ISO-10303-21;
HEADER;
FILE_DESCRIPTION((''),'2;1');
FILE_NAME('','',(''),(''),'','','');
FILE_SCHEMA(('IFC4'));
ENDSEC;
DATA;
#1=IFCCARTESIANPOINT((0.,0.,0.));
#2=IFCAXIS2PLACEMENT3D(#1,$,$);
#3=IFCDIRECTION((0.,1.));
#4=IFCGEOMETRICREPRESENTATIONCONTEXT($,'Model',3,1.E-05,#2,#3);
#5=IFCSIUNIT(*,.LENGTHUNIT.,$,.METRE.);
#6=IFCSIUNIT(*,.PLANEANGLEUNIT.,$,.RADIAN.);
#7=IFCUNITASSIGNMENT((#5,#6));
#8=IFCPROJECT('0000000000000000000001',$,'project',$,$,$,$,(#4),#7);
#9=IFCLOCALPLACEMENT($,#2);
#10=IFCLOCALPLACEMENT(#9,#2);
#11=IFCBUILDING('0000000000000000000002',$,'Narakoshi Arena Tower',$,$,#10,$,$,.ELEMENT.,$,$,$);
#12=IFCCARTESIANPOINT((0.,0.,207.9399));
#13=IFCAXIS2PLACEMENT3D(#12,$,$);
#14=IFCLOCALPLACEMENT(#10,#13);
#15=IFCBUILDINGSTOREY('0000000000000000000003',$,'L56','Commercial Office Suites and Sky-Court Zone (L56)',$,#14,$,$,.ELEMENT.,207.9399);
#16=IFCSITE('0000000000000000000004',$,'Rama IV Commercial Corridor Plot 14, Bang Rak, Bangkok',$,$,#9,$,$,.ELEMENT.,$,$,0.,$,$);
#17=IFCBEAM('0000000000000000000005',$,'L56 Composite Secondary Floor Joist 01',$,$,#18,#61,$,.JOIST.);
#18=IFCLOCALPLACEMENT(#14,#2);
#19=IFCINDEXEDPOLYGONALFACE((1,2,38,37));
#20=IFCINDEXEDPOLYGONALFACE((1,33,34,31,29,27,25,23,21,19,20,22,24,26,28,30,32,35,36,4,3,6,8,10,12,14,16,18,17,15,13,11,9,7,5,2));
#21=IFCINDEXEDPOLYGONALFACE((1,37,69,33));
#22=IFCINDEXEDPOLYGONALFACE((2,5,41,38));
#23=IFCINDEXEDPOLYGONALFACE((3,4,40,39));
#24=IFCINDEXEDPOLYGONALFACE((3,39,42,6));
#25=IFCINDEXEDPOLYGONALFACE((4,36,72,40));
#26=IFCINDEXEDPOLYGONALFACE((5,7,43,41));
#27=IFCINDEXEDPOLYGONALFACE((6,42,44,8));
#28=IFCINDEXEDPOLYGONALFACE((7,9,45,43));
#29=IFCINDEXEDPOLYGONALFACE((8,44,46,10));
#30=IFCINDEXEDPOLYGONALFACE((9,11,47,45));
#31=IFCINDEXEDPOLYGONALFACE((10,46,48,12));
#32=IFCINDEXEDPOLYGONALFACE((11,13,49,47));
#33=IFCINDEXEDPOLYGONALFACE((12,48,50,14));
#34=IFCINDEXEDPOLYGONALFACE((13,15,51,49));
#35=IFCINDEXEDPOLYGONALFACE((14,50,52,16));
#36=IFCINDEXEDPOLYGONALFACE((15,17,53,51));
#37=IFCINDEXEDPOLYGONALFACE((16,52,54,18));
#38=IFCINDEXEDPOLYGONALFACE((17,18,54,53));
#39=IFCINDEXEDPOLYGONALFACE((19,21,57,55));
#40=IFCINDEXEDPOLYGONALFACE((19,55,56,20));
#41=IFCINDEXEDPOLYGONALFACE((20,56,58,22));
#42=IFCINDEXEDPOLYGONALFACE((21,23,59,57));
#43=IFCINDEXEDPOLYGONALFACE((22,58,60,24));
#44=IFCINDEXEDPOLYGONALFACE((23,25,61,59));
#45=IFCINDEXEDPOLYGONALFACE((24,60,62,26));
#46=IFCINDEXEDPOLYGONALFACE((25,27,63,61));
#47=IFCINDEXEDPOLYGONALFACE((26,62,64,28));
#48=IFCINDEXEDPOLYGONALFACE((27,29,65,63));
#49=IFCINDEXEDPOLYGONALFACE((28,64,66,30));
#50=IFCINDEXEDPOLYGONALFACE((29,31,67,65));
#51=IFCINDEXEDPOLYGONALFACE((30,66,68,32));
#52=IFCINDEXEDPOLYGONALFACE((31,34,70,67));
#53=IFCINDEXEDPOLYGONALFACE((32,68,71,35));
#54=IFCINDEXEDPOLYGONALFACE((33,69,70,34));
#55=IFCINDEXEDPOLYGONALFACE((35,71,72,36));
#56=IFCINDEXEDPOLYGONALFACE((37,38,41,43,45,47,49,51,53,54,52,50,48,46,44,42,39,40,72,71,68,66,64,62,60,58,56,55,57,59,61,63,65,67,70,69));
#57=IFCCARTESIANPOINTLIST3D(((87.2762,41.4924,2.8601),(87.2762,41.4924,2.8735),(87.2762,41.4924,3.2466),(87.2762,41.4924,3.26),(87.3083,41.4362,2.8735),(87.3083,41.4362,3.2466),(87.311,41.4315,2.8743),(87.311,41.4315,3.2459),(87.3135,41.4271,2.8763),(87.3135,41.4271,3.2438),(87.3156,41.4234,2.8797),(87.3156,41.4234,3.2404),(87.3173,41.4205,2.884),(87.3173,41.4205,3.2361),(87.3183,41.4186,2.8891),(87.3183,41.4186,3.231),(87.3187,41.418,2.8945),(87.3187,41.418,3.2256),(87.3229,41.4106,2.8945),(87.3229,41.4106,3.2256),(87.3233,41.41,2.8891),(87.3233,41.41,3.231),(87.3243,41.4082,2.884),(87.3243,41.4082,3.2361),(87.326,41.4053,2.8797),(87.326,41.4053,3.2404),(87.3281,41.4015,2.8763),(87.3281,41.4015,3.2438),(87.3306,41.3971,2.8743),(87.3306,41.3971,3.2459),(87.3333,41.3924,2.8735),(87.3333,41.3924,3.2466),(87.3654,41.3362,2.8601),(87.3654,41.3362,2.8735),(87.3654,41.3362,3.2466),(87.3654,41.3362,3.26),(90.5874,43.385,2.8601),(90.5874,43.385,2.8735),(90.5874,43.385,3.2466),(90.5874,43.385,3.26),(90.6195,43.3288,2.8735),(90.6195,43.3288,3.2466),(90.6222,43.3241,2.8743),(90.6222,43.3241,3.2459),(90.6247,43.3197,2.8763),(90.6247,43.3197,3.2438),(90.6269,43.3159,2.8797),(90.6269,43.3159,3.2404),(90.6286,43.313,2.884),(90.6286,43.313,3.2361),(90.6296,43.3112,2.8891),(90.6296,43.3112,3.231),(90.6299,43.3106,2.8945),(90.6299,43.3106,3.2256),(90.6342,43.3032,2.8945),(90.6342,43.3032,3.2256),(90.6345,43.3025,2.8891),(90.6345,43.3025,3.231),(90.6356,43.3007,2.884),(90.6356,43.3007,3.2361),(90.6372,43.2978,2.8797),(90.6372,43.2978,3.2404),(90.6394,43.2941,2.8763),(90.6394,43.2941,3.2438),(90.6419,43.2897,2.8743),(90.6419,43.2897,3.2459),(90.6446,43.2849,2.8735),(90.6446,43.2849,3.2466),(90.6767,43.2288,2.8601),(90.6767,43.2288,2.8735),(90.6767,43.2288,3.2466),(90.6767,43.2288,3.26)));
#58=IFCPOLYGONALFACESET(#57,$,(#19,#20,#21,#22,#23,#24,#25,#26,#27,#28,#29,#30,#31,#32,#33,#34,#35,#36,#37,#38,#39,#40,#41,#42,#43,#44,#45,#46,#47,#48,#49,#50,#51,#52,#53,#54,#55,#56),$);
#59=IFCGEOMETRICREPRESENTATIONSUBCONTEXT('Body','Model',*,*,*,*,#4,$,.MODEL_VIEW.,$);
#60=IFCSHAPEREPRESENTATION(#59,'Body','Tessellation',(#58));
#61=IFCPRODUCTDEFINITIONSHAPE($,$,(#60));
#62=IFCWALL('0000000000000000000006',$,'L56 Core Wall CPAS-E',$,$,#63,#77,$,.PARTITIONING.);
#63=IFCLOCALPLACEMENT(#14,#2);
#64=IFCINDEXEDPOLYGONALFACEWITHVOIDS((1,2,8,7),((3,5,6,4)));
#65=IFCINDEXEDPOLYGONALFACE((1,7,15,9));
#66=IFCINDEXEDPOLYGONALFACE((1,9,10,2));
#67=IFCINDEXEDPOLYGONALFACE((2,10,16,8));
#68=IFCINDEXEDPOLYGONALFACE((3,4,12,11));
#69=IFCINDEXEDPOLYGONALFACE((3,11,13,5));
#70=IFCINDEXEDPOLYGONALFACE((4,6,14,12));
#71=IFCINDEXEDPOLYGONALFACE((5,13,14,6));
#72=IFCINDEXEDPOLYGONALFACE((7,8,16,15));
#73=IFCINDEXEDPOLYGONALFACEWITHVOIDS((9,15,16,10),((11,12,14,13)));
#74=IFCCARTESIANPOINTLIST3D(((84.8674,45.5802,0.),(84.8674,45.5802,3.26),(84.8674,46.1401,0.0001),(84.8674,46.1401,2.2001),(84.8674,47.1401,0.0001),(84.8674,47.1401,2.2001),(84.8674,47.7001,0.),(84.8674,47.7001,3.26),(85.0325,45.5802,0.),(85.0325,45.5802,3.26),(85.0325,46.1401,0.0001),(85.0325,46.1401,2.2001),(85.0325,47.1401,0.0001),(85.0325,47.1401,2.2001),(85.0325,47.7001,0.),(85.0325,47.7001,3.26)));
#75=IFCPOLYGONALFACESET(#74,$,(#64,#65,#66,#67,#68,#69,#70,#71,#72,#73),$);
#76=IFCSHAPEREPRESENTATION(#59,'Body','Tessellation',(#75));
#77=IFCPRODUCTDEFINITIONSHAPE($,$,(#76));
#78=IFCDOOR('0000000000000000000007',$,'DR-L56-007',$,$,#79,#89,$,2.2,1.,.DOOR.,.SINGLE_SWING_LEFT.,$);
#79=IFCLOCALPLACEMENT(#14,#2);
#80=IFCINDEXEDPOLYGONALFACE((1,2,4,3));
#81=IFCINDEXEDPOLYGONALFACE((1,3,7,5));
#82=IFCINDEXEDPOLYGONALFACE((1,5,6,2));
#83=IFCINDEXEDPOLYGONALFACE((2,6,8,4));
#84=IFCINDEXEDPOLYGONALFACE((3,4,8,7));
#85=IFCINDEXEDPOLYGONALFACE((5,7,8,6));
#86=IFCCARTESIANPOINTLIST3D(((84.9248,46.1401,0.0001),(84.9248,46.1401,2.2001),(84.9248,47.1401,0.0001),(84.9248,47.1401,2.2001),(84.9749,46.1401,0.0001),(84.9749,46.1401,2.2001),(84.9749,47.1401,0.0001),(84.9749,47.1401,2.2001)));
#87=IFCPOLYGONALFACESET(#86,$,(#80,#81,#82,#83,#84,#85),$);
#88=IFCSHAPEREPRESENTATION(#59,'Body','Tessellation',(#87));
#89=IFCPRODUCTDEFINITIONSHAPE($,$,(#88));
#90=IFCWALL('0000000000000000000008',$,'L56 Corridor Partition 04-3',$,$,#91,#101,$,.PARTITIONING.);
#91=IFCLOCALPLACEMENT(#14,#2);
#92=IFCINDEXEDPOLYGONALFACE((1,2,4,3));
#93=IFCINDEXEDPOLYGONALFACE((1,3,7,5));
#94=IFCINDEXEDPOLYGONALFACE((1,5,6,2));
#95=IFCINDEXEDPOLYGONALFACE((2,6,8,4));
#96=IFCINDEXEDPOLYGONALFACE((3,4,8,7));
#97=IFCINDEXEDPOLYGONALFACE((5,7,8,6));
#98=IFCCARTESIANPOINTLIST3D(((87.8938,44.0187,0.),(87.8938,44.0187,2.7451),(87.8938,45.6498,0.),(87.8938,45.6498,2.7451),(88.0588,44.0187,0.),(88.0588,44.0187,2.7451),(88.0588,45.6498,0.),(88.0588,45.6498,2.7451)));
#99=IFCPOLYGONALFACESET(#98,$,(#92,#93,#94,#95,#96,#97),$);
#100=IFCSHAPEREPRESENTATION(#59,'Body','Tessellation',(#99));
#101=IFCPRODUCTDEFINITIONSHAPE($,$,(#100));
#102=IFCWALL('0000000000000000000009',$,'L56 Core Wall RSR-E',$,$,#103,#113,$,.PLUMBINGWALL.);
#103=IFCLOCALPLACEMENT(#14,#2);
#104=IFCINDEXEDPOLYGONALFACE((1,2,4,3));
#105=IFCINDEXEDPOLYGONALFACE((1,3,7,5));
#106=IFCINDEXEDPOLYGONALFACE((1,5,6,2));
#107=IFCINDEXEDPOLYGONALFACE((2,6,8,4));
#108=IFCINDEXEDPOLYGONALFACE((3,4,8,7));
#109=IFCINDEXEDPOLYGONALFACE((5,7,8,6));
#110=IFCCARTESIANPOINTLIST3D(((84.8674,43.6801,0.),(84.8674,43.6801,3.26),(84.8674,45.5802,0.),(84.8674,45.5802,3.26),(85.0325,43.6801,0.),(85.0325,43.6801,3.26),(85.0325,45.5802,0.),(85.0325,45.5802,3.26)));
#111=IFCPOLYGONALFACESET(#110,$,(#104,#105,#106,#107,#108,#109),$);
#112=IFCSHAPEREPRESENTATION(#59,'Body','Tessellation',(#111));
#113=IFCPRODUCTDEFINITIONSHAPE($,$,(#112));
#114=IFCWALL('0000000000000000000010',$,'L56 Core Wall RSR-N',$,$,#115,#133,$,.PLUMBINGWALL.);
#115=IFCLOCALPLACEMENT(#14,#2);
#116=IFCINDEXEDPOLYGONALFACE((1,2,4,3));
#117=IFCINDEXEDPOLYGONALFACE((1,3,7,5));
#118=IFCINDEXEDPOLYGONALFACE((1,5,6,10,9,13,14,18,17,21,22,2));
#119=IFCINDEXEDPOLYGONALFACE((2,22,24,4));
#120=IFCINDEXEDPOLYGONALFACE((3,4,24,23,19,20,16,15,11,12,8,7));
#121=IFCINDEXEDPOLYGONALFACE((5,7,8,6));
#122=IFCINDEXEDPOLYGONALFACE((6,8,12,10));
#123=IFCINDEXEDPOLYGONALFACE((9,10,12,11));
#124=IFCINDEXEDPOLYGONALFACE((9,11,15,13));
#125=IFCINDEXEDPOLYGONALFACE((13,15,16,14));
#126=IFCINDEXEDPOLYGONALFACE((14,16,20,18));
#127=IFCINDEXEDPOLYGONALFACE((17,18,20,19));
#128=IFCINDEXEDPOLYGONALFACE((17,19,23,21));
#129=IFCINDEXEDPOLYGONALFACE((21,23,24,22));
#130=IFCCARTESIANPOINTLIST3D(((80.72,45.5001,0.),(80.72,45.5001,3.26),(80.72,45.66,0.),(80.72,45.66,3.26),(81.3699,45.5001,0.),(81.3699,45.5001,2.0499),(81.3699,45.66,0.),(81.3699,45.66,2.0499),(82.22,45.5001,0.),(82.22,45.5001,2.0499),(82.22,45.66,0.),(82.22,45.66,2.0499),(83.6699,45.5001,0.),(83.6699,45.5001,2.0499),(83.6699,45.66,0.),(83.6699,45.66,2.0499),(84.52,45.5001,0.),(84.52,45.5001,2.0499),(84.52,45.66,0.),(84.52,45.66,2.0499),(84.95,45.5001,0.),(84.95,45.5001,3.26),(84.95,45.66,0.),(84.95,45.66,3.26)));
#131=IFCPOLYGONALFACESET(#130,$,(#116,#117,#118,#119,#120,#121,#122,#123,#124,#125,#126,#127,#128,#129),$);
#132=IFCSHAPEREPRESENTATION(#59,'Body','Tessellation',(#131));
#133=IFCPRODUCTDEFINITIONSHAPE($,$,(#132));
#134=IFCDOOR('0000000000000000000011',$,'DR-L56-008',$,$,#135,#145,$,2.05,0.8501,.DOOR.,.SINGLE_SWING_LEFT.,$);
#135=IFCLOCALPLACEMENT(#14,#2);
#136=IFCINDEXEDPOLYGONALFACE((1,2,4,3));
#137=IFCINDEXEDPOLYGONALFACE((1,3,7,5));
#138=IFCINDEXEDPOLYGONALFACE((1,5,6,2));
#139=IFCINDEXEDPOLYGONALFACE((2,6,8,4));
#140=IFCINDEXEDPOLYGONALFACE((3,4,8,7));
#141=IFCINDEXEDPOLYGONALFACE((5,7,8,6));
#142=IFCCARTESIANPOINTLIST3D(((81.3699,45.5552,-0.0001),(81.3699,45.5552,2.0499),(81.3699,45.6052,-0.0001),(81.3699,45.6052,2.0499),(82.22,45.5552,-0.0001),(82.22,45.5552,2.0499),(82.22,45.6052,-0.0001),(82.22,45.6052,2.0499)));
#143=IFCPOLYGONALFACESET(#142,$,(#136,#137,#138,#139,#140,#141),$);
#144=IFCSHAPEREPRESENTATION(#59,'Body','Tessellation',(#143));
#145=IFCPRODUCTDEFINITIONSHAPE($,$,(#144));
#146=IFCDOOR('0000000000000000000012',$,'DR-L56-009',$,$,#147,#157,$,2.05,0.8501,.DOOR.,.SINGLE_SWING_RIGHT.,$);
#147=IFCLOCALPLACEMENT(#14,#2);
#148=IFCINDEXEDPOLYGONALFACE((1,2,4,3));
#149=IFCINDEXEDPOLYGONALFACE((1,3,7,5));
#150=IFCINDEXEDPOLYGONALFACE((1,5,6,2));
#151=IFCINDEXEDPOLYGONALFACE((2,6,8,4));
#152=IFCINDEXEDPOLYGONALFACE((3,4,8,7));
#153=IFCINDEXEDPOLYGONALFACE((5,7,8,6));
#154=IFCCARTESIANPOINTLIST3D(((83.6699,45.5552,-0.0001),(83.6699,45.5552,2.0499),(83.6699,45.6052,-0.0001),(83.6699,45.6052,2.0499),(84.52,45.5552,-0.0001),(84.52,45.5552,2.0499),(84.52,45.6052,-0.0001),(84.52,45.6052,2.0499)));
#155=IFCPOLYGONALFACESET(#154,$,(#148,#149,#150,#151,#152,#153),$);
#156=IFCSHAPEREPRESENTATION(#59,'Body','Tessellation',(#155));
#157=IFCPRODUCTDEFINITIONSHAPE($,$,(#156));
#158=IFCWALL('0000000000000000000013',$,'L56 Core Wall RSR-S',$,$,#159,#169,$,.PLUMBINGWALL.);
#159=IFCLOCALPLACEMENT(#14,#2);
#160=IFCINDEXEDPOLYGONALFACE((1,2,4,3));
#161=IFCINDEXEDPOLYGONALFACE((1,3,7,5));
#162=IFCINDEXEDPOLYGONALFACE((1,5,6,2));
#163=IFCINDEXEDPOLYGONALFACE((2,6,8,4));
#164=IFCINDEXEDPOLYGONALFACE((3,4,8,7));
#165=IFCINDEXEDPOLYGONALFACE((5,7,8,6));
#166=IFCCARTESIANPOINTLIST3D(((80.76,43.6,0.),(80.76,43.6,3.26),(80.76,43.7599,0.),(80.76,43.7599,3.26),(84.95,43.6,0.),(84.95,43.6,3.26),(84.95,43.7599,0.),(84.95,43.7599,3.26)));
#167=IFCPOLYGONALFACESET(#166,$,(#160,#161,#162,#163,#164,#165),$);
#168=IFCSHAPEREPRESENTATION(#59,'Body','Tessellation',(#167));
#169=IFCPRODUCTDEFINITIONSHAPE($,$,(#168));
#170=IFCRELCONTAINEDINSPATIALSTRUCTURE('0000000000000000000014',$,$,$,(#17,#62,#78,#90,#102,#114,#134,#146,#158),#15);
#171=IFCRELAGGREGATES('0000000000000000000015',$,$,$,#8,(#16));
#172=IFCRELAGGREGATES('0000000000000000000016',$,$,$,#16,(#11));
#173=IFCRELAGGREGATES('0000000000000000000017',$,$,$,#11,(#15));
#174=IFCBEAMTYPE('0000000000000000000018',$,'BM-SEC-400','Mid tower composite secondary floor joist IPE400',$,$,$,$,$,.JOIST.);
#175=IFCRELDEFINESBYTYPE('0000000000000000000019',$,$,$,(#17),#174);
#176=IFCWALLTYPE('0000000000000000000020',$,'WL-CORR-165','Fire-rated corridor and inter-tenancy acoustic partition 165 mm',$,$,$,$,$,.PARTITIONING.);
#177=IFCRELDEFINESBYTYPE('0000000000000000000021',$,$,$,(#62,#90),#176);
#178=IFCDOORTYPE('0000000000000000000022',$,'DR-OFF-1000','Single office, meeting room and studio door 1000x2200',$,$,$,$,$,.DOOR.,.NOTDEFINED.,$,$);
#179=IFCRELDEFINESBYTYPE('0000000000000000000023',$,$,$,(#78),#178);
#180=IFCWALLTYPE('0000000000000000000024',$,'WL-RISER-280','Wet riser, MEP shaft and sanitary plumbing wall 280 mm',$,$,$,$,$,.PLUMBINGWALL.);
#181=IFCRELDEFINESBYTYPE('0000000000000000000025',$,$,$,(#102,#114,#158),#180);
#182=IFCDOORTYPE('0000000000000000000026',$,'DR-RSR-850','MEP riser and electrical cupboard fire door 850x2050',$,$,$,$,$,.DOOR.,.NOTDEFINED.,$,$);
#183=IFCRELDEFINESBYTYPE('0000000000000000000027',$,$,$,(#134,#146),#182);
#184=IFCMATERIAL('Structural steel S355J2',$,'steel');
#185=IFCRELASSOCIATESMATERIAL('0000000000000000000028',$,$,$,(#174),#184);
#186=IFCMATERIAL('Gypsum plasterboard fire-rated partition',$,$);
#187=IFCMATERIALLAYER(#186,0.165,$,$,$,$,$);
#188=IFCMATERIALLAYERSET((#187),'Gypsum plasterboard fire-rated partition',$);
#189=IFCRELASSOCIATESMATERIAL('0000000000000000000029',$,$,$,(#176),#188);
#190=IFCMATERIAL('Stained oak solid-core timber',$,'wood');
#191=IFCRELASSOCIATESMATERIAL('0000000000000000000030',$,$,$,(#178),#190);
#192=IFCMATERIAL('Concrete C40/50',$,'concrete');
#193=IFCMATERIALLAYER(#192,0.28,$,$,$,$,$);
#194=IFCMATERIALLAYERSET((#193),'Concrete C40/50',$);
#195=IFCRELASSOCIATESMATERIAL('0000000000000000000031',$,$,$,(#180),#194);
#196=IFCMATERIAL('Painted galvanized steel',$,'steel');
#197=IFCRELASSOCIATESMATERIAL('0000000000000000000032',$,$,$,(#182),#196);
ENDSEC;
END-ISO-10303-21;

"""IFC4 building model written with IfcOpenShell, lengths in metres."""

from ifc_helpers import new_model, si_unit, direction, frame, frame_2d, origin, origin_2d, place, context, subcontext, project, spatial, rectangle, i_section, extrude, material, layer, layer_set, material_profile, profile_set, type_object, element, fill, save


model = new_model("IFC4")

# Units and contexts
model_context = context("Model", 3, precision=1e-05, world=origin(), true_north=direction((0.0, 1.0)))
body_context = subcontext(model_context, "Body", "Model", "MODEL_VIEW")
ifc_project = project(units=[si_unit("LENGTHUNIT", "METRE"), si_unit("PLANEANGLEUNIT", "RADIAN")], contexts=[model_context])

# Site, building, storey
site_placement = place(None, origin())
site = spatial("IfcSite", under=ifc_project, at=site_placement, Name="Rama IV Commercial Corridor Plot 14, Bang Rak, Bangkok", CompositionType="ELEMENT", RefElevation=0.0)
building_placement = place(site_placement, origin())
building = spatial("IfcBuilding", under=site, at=building_placement, Name="Narakoshi Arena Tower", CompositionType="ELEMENT")
storey_placement = place(building_placement, frame((0.0, 0.0, 207.9399)))
storey = spatial("IfcBuildingStorey", under=building, at=storey_placement, Name="L56", Description="Commercial Office Suites and Sky-Court Zone (L56)", CompositionType="ELEMENT", Elevation=207.9399)

# Beam
ifc_material_1 = material(Name="Structural steel S355J2", Category="steel")
ifc_material_profile_1 = material_profile(ifc_material_1, i_section(OverallWidth=0.1799, OverallDepth=0.3999, WebThickness=0.0085, FlangeThickness=0.0134, FilletRadius=0.021, at=origin_2d()), Name="IPE400")
ifc_profile_set_1 = profile_set([ifc_material_profile_1], Name="Structural steel S355J2")
beam_type_1 = type_object("IfcBeamType", Name="BM-SEC-400", Description="Mid tower composite secondary floor joist IPE400", PredefinedType="JOIST", material=ifc_profile_set_1)
beam_1_placement = place(storey_placement, frame((87.3208, 41.4143, 3.0601), z_axis=(0.868196, 0.496222, 0.0), x_axis=(-0.496222, 0.868196, 0.0)))
element("IfcBeam", 1, at=beam_1_placement, inside=storey, type_object=beam_type_1, Name="L56 Composite Secondary Floor Joist 01", PredefinedType="JOIST", context=body_context, shape_type="SweptSolid", body=[
    extrude(i_section(OverallWidth=0.1799, OverallDepth=0.3999, WebThickness=0.0085, FlangeThickness=0.0134, FilletRadius=0.021, at=origin_2d()), origin(), (0.0, 0.0, 1.0), 3.814),
])

# Wall, opening, door
ifc_material_2 = material(Name="Gypsum plasterboard fire-rated partition")
ifc_layer_1 = layer(ifc_material_2, 0.165)
ifc_layer_set_1 = layer_set([ifc_layer_1], Name="Gypsum plasterboard fire-rated partition")
wall_type_1 = type_object("IfcWallType", Name="WL-CORR-165", Description="Fire-rated corridor and inter-tenancy acoustic partition 165 mm", PredefinedType="PARTITIONING", material=ifc_layer_set_1)
wall_1_placement = place(storey_placement, frame((84.95, 45.5801, 0.0), z_axis=(0.0, 0.0, 1.0), x_axis=(0.0, 1.0, 0.0)))
wall_1 = element("IfcWall", 2, at=wall_1_placement, inside=storey, type_object=wall_type_1, Name="L56 Core Wall CPAS-E", PredefinedType="PARTITIONING", context=body_context, shape_type="SweptSolid", body=[
    extrude(rectangle(XDim=2.1199, YDim=0.165, at=frame_2d((1.0601, 0.0))), origin(), (0.0, 0.0, 1.0), 3.26),
])
opening_1_placement = place(wall_1_placement, frame((0.5601, 0.0, 0.0)))
opening_1 = element("IfcOpeningElement", 3, at=opening_1_placement, cuts=wall_1, PredefinedType="OPENING", context=body_context, shape_type="SweptSolid", body=[
    extrude(rectangle(XDim=1.0, YDim=2.2, at=frame_2d((0.5, 1.1001))), frame((0.0, 0.0925, 0.0), z_axis=(0.0, -1.0, 0.0), x_axis=(1.0, 0.0, 0.0)), (0.0, 0.0, 1.0), 0.1851),
])
ifc_material_3 = material(Name="Stained oak solid-core timber", Category="wood")
door_type_1 = type_object("IfcDoorType", Name="DR-OFF-1000", Description="Single office, meeting room and studio door 1000x2200", OperationType="NOTDEFINED", PredefinedType="DOOR", material=ifc_material_3)
door_1_placement = place(opening_1_placement, frame((1.0, 0.0, 0.0), z_axis=(0.0, 0.0, 1.0), x_axis=(-1.0, 0.0, 0.0)))
door_1 = element("IfcDoor", 4, at=door_1_placement, inside=storey, type_object=door_type_1, Name="DR-L56-007", OperationType="SINGLE_SWING_LEFT", OverallHeight=2.2, OverallWidth=1.0, PredefinedType="DOOR", context=body_context, shape_type="SweptSolid", body=[
    extrude(rectangle(XDim=1.0, YDim=2.2, at=frame_2d((0.5, 1.1001))), frame((0.0, 0.0249, 0.0), z_axis=(0.0, -1.0, 0.0), x_axis=(1.0, 0.0, 0.0)), (0.0, 0.0, 1.0), 0.05),
])
fill(opening_1, door_1)

# Walls
wall_2_placement = place(storey_placement, frame((87.9763, 44.0188, 0.0), z_axis=(0.0, 0.0, 1.0), x_axis=(0.0, 1.0, 0.0)))
element("IfcWall", 5, at=wall_2_placement, inside=storey, type_object=wall_type_1, Name="L56 Corridor Partition 04-3", PredefinedType="PARTITIONING", context=body_context, shape_type="SweptSolid", body=[
    extrude(rectangle(XDim=1.6311, YDim=0.165, at=frame_2d((0.8154, 0.0))), origin(), (0.0, 0.0, 1.0), 2.7451),
])
ifc_material_4 = material(Name="Concrete C40/50", Category="concrete")
ifc_layer_2 = layer(ifc_material_4, 0.28)
ifc_layer_set_2 = layer_set([ifc_layer_2], Name="Concrete C40/50")
wall_type_2 = type_object("IfcWallType", Name="WL-RISER-280", Description="Wet riser, MEP shaft and sanitary plumbing wall 280 mm", PredefinedType="PLUMBINGWALL", material=ifc_layer_set_2)
wall_3_placement = place(storey_placement, frame((84.95, 43.6799, 0.0), z_axis=(0.0, 0.0, 1.0), x_axis=(0.0, 1.0, 0.0)))
element("IfcWall", 6, at=wall_3_placement, inside=storey, type_object=wall_type_2, Name="L56 Core Wall RSR-E", PredefinedType="PLUMBINGWALL", context=body_context, shape_type="SweptSolid", body=[
    extrude(rectangle(XDim=1.9001, YDim=0.165, at=frame_2d((0.9502, 0.0))), origin(), (0.0, 0.0, 1.0), 3.26),
])

# Wall, openings, doors
wall_4_placement = place(storey_placement, frame((80.72, 45.5801, 0.0), z_axis=(0.0, 0.0, 1.0), x_axis=(1.0, 0.0, 0.0)))
wall_4 = element("IfcWall", 7, at=wall_4_placement, inside=storey, type_object=wall_type_2, Name="L56 Core Wall RSR-N", PredefinedType="PLUMBINGWALL", context=body_context, shape_type="SweptSolid", body=[
    extrude(rectangle(XDim=4.23, YDim=0.1599, at=frame_2d((2.115, 0.0))), origin(), (0.0, 0.0, 1.0), 3.26),
])
opening_2_placement = place(wall_4_placement, frame((0.6499, 0.0, 0.0)))
opening_2 = element("IfcOpeningElement", 8, at=opening_2_placement, cuts=wall_4, PredefinedType="OPENING", context=body_context, shape_type="SweptSolid", body=[
    extrude(rectangle(XDim=0.8501, YDim=2.05, at=frame_2d((0.425, 1.0249))), frame((0.0, 0.0898, 0.0), z_axis=(0.0, -1.0, 0.0), x_axis=(1.0, 0.0, 0.0)), (0.0, 0.0, 1.0), 0.1799),
])
opening_3_placement = place(wall_4_placement, frame((2.95, 0.0, 0.0)))
opening_3 = element("IfcOpeningElement", 9, at=opening_3_placement, cuts=wall_4, PredefinedType="OPENING", context=body_context, shape_type="SweptSolid", body=[
    extrude(rectangle(XDim=0.8501, YDim=2.05, at=frame_2d((0.425, 1.0249))), frame((0.0, 0.0898, 0.0), z_axis=(0.0, -1.0, 0.0), x_axis=(1.0, 0.0, 0.0)), (0.0, 0.0, 1.0), 0.1799),
])
ifc_material_5 = material(Name="Painted galvanized steel", Category="steel")
door_type_2 = type_object("IfcDoorType", Name="DR-RSR-850", Description="MEP riser and electrical cupboard fire door 850x2050", OperationType="NOTDEFINED", PredefinedType="DOOR", material=ifc_material_5)
door_2_placement = place(opening_2_placement, frame((0.8501, 0.0, 0.0), z_axis=(0.0, 0.0, 1.0), x_axis=(-1.0, 0.0, 0.0)))
door_2 = element("IfcDoor", 10, at=door_2_placement, inside=storey, type_object=door_type_2, Name="DR-L56-008", OperationType="SINGLE_SWING_LEFT", OverallHeight=2.05, OverallWidth=0.8501, PredefinedType="DOOR", context=body_context, shape_type="SweptSolid", body=[
    extrude(rectangle(XDim=0.8501, YDim=2.05, at=frame_2d((0.425, 1.0249))), frame((0.0, 0.0249, 0.0), z_axis=(0.0, -1.0, 0.0), x_axis=(1.0, 0.0, 0.0)), (0.0, 0.0, 1.0), 0.05),
])
fill(opening_2, door_2)
door_3_placement = place(opening_3_placement, frame((0.8501, 0.0, 0.0), z_axis=(0.0, 0.0, 1.0), x_axis=(-1.0, 0.0, 0.0)))
door_3 = element("IfcDoor", 11, at=door_3_placement, inside=storey, type_object=door_type_2, Name="DR-L56-009", OperationType="SINGLE_SWING_RIGHT", OverallHeight=2.05, OverallWidth=0.8501, PredefinedType="DOOR", context=body_context, shape_type="SweptSolid", body=[
    extrude(rectangle(XDim=0.8501, YDim=2.05, at=frame_2d((0.425, 1.0249))), frame((0.0, 0.0249, 0.0), z_axis=(0.0, -1.0, 0.0), x_axis=(1.0, 0.0, 0.0)), (0.0, 0.0, 1.0), 0.05),
])
fill(opening_3, door_3)

# Wall
wall_5_placement = place(storey_placement, frame((80.76, 43.6799, 0.0), z_axis=(0.0, 0.0, 1.0), x_axis=(1.0, 0.0, 0.0)))
element("IfcWall", 12, at=wall_5_placement, inside=storey, type_object=wall_type_2, Name="L56 Core Wall RSR-S", PredefinedType="PLUMBINGWALL", context=body_context, shape_type="SweptSolid", body=[
    extrude(rectangle(XDim=4.1899, YDim=0.1599, at=frame_2d((2.095, 0.0))), origin(), (0.0, 0.0, 1.0), 3.26),
])

save(model, "model.ifc")
